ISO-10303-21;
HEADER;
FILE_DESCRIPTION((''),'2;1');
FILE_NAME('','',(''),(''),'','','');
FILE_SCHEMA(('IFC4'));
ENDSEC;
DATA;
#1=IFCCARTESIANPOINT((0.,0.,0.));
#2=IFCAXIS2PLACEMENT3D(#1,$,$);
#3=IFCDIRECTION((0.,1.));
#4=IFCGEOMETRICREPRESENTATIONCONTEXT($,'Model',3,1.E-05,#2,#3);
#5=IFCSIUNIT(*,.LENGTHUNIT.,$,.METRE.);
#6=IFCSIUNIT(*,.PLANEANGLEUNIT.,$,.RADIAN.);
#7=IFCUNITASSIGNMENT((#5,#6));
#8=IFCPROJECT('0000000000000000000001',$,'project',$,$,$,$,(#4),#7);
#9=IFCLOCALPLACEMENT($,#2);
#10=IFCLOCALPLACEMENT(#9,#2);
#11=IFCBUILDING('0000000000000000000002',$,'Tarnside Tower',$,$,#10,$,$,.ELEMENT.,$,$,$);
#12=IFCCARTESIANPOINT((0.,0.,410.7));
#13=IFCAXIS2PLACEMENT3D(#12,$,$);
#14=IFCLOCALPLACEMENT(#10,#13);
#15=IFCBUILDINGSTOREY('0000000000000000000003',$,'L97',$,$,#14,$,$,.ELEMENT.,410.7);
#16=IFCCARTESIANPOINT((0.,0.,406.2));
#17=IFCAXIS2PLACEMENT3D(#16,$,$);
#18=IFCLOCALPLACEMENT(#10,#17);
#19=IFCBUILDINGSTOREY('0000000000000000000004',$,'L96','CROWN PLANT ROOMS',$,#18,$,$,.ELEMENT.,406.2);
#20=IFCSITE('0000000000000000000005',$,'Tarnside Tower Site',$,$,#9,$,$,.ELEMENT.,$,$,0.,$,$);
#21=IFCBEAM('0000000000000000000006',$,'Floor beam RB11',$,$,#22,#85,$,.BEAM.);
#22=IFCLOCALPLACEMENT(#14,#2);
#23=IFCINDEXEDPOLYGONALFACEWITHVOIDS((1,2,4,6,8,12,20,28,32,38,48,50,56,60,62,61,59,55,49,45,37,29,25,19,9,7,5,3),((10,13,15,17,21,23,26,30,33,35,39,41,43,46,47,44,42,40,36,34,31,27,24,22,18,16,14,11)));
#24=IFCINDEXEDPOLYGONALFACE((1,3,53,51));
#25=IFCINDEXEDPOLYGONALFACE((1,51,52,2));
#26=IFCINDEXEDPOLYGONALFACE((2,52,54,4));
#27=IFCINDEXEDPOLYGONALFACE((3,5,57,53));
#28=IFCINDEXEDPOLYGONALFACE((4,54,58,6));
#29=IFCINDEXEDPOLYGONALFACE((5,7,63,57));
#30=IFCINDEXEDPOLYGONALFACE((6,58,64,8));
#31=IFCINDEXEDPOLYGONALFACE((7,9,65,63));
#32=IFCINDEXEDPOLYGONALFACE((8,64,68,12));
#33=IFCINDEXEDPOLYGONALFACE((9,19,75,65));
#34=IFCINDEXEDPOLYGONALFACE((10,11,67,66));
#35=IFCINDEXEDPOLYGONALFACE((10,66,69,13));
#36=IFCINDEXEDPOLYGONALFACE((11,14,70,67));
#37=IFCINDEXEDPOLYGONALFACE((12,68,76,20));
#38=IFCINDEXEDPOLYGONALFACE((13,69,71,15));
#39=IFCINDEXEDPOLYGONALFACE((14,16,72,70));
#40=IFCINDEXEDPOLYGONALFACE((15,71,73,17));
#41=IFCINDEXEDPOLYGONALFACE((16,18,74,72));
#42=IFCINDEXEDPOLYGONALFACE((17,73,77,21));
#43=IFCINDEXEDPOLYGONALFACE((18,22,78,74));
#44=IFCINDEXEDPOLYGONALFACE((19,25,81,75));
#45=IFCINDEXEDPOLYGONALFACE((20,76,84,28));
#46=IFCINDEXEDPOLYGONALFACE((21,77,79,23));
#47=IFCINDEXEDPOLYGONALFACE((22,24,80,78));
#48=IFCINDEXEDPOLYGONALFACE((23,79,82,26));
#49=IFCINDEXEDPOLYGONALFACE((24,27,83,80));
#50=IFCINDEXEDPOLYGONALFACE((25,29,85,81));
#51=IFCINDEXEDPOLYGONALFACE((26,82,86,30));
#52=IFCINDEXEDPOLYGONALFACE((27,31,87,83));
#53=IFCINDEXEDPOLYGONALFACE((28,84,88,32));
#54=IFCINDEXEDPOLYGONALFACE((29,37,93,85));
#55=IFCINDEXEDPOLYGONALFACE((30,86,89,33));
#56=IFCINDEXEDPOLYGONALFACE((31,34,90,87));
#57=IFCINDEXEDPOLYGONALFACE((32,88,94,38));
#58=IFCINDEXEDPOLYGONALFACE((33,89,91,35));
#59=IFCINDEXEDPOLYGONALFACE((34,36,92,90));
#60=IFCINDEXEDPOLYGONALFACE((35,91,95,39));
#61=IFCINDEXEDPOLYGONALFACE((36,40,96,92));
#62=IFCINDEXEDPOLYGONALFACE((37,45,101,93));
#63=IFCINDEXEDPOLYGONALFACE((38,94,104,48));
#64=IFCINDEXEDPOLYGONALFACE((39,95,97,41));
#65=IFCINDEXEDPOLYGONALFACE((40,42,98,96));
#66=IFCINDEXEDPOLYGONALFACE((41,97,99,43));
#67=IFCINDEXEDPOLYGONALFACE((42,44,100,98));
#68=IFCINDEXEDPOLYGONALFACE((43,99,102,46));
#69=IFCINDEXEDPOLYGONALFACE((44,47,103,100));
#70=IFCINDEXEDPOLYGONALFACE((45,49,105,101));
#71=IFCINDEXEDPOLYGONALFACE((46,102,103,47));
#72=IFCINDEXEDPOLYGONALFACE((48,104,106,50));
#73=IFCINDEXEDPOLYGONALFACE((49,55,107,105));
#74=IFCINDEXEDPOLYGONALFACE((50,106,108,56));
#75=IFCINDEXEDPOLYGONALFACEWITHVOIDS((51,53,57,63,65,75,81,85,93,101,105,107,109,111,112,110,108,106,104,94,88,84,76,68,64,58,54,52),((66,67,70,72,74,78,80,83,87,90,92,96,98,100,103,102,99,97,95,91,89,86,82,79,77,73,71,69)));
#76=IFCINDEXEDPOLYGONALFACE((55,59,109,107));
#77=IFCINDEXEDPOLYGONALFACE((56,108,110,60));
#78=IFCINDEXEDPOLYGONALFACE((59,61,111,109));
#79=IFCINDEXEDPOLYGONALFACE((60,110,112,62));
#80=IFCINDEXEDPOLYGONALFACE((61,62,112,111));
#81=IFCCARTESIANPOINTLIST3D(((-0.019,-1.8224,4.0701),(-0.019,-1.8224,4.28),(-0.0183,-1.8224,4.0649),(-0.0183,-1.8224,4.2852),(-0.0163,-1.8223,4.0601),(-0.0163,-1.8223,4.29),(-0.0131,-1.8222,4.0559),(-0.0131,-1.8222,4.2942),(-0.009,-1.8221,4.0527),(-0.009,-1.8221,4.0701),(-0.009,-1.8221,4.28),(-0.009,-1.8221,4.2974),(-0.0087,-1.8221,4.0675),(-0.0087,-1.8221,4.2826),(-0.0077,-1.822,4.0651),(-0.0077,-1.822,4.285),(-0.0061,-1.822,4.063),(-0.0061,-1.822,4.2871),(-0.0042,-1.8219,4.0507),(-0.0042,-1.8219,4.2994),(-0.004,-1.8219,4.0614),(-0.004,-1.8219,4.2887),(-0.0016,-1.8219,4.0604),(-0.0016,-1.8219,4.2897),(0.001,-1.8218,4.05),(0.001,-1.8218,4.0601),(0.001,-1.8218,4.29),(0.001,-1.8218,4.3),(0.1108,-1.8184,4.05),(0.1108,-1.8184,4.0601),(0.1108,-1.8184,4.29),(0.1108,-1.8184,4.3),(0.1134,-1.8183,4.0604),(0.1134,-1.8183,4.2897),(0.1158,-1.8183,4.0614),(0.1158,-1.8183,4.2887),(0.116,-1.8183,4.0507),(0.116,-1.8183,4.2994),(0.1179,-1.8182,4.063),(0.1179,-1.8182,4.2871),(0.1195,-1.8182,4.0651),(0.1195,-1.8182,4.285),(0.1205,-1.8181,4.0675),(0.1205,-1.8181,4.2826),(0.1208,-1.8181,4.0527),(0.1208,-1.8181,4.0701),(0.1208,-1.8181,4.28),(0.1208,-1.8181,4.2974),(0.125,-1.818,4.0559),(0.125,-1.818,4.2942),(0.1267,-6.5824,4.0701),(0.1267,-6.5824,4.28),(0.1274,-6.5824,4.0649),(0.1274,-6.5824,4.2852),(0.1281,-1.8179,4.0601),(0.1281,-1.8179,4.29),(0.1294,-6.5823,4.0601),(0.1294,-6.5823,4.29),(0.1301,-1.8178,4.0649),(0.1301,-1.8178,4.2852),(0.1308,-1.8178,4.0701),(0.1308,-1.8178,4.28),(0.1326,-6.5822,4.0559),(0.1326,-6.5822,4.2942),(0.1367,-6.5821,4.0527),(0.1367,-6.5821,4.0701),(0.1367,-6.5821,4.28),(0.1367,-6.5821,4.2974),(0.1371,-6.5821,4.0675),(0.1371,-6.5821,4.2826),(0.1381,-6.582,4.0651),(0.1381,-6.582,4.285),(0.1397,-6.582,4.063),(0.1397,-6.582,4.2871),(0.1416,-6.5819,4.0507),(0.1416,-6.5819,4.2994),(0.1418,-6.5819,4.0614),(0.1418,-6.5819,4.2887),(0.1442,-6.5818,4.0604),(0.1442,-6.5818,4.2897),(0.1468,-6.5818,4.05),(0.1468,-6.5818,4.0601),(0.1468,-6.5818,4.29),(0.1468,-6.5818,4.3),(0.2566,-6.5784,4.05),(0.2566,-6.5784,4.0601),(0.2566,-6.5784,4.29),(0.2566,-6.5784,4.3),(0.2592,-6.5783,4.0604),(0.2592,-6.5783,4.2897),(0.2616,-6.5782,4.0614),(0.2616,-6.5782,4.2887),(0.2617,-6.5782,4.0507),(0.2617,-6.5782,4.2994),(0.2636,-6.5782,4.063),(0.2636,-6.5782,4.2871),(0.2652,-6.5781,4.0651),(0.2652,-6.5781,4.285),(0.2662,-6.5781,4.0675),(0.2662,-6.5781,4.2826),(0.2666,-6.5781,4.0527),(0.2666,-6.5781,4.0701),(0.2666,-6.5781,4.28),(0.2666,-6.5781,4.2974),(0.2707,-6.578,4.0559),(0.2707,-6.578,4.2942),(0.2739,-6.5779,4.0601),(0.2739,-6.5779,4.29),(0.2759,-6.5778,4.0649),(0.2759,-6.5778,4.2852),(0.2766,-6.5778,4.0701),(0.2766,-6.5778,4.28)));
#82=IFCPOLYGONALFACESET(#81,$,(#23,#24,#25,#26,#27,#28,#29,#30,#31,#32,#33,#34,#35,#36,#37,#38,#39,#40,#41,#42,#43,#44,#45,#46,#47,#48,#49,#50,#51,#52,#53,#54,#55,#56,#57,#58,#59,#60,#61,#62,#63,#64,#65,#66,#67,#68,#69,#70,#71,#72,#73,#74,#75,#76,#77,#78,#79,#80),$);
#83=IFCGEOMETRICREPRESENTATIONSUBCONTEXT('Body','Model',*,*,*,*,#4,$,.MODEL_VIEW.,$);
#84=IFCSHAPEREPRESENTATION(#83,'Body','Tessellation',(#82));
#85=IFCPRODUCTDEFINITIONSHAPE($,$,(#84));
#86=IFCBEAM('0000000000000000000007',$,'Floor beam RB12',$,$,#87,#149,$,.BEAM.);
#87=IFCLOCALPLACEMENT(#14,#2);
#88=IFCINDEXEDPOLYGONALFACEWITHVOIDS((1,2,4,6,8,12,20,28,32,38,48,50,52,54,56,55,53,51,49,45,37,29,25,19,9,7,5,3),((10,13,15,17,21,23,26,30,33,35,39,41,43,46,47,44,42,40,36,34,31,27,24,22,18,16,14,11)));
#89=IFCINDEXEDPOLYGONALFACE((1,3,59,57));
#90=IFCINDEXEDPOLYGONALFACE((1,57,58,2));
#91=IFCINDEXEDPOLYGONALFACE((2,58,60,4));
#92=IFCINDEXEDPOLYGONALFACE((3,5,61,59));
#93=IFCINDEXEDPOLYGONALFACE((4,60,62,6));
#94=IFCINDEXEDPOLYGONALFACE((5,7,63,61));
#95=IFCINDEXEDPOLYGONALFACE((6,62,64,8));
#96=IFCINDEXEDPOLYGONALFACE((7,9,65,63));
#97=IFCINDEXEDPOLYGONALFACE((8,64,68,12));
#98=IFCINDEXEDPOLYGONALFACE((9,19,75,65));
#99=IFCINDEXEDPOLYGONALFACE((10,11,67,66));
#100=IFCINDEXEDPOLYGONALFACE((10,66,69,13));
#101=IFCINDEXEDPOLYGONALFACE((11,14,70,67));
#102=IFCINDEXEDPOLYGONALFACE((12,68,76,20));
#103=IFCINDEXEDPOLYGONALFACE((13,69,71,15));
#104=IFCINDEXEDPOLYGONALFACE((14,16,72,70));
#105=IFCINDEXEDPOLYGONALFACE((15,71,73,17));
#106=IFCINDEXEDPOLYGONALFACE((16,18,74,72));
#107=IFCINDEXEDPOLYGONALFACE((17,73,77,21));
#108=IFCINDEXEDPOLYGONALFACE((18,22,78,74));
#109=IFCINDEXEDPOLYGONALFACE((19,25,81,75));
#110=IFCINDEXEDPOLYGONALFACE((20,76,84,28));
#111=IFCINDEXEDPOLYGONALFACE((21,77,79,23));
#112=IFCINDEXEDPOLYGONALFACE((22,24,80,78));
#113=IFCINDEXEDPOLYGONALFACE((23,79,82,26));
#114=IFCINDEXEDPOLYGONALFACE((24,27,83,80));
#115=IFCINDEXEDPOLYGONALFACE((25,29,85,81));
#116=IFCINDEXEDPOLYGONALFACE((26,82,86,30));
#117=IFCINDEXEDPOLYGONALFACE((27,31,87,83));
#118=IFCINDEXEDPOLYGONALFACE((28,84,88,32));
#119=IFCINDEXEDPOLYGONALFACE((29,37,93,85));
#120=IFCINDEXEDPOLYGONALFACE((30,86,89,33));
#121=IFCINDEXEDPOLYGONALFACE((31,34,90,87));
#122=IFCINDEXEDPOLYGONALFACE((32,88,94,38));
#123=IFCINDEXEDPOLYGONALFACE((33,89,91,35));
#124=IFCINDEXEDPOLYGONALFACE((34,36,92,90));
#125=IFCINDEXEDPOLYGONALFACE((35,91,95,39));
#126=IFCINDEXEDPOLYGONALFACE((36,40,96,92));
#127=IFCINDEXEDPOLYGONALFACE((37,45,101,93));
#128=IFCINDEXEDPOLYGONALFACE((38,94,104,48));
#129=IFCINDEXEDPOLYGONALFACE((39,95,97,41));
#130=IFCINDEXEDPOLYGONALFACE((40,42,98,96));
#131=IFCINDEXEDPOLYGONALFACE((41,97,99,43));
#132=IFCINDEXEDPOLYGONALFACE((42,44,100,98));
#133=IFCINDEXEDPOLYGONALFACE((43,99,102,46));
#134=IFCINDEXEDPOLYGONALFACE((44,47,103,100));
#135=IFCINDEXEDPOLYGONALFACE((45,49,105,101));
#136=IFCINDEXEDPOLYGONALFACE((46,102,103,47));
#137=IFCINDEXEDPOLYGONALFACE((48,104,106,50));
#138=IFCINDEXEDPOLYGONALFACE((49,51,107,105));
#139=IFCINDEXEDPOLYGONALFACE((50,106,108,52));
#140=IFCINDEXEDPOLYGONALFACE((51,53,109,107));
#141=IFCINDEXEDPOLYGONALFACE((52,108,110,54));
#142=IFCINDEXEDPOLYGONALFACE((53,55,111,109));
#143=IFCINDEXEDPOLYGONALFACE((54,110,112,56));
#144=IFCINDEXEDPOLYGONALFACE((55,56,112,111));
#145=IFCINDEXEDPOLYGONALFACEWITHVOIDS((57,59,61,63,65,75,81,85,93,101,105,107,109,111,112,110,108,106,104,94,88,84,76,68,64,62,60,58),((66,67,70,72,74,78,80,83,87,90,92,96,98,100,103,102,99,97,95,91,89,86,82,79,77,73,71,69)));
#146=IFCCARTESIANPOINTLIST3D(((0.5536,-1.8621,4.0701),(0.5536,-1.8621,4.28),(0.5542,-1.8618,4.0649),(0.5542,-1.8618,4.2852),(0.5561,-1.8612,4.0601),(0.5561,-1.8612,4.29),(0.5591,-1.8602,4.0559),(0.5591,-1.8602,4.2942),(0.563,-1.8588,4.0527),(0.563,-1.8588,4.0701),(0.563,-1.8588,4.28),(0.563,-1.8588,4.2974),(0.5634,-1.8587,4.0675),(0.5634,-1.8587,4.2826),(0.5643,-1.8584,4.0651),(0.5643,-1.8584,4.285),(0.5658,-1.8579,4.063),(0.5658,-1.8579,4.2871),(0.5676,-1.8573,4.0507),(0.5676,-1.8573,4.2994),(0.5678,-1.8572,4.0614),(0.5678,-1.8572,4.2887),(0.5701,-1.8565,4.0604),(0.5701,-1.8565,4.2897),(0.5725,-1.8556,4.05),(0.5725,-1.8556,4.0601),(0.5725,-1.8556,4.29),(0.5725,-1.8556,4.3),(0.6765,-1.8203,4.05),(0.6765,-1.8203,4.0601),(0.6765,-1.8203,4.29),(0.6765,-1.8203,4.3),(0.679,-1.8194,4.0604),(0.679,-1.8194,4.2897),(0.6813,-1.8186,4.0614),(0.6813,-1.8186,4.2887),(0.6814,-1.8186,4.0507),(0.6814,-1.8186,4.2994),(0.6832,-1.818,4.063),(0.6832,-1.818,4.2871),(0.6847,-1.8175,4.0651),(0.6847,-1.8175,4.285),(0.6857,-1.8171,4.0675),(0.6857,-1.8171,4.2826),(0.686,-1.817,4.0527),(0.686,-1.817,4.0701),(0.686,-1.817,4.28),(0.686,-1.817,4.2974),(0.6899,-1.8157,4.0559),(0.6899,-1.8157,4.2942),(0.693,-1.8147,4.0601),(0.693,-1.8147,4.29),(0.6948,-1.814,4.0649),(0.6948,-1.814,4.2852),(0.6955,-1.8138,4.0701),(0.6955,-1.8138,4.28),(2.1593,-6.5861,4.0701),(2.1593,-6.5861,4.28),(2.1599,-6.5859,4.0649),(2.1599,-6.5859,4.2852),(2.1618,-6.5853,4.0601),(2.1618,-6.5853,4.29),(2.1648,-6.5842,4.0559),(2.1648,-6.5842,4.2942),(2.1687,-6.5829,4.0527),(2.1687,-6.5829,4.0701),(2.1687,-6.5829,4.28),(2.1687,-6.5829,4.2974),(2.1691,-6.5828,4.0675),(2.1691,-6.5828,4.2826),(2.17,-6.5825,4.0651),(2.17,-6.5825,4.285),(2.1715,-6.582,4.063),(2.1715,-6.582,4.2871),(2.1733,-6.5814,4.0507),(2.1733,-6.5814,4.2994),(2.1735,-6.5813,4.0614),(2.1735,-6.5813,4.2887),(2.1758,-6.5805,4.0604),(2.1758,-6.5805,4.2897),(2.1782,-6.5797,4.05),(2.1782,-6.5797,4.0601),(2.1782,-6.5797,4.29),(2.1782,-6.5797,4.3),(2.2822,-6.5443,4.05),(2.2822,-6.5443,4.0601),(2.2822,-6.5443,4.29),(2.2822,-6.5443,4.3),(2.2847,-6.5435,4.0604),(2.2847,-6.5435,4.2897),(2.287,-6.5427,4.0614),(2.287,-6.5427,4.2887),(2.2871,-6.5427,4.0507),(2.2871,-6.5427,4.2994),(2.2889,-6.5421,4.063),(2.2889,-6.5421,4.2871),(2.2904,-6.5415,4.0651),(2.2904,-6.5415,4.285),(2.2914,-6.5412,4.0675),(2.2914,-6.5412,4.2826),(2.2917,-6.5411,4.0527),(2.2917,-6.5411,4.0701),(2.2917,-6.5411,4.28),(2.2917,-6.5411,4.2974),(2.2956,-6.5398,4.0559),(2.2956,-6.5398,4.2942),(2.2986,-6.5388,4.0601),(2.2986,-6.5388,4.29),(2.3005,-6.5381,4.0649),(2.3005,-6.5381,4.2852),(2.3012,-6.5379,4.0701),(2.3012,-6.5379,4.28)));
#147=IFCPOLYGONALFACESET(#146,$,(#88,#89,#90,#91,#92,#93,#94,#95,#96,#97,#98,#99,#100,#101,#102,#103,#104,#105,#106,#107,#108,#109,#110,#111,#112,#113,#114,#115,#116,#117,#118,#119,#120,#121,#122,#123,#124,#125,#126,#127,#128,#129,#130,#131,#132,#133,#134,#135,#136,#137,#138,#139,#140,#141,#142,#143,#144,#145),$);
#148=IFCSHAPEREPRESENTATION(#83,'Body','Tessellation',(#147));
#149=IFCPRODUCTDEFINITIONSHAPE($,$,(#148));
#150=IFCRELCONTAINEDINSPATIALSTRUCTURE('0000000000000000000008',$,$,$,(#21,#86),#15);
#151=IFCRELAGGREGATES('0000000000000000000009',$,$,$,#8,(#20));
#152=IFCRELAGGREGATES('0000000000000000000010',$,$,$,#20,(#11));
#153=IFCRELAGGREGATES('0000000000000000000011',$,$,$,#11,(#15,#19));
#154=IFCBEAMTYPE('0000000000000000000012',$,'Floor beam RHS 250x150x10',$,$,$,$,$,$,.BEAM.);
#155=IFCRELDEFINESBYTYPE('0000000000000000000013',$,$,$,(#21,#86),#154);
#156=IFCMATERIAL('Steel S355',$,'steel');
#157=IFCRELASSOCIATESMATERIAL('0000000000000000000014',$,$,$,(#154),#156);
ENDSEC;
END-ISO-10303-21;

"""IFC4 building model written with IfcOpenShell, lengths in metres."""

from ifc_helpers import new_model, si_unit, direction, frame, origin, origin_2d, place, context, subcontext, project, spatial, hollow_rectangle, extrude, material, material_profile, profile_set, type_object, element, save


model = new_model("IFC4")

# Units and contexts
model_context = context("Model", 3, precision=1e-05, world=origin(), true_north=direction((0.0, 1.0)))
body_context = subcontext(model_context, "Body", "Model", "MODEL_VIEW")
ifc_project = project(units=[si_unit("LENGTHUNIT", "METRE"), si_unit("PLANEANGLEUNIT", "RADIAN")], contexts=[model_context])

# Site, building, storey
site_placement = place(None, origin())
site = spatial("IfcSite", under=ifc_project, at=site_placement, Name="Tarnside Tower Site", CompositionType="ELEMENT", RefElevation=0.0)
building_placement = place(site_placement, origin())
building = spatial("IfcBuilding", under=site, at=building_placement, Name="Tarnside Tower", CompositionType="ELEMENT")
storey_1_placement = place(building_placement, frame((0.0, 0.0, 410.7)))
storey_1 = spatial("IfcBuildingStorey", under=building, at=storey_1_placement, Name="L97", CompositionType="ELEMENT", Elevation=410.7)

# Shared definitions
ifc_material_1 = material(Name="Steel S355", Category="steel")

# Beams
ifc_material_profile_1 = material_profile(ifc_material_1, hollow_rectangle(XDim=0.1499, YDim=0.25, WallThickness=0.01, InnerFilletRadius=0.01, OuterFilletRadius=0.02, at=origin_2d()), Name="RHS 250x150x10")
ifc_profile_set_1 = profile_set([ifc_material_profile_1], Name="Steel S355")
beam_type_1 = type_object("IfcBeamType", Name="Floor beam RHS 250x150x10", PredefinedType="BEAM", material=ifc_profile_set_1)
beam_1_placement = place(storey_1_placement, frame((0.2017, -6.5801, 4.175), z_axis=(-0.030606, 0.999532, 0.0), x_axis=(-0.999532, -0.030606, 0.0)))
element("IfcBeam", 1, at=beam_1_placement, inside=storey_1, type_object=beam_type_1, Name="Floor beam RB11", PredefinedType="BEAM", context=body_context, shape_type="SweptSolid", body=[
    extrude(hollow_rectangle(XDim=0.1499, YDim=0.25, WallThickness=0.01, InnerFilletRadius=0.01, OuterFilletRadius=0.02, at=origin_2d()), origin(), (0.0, 0.0, 1.0), 4.7622),
])
beam_2_placement = place(storey_1_placement, frame((2.2302, -6.562, 4.175), z_axis=(-0.321815, 0.946803, 0.0), x_axis=(-0.946803, -0.321815, 0.0)))
element("IfcBeam", 2, at=beam_2_placement, inside=storey_1, type_object=beam_type_1, Name="Floor beam RB12", PredefinedType="BEAM", context=body_context, shape_type="SweptSolid", body=[
    extrude(hollow_rectangle(XDim=0.1499, YDim=0.25, WallThickness=0.01, InnerFilletRadius=0.01, OuterFilletRadius=0.02, at=origin_2d()), origin(), (0.0, 0.0, 1.0), 4.9895),
])

# Shared definitions
storey_2_placement = place(building_placement, frame((0.0, 0.0, 406.2)))
storey_2 = spatial("IfcBuildingStorey", under=building, at=storey_2_placement, Name="L96", Description="CROWN PLANT ROOMS", CompositionType="ELEMENT", Elevation=406.2)

save(model, "model.ifc")
